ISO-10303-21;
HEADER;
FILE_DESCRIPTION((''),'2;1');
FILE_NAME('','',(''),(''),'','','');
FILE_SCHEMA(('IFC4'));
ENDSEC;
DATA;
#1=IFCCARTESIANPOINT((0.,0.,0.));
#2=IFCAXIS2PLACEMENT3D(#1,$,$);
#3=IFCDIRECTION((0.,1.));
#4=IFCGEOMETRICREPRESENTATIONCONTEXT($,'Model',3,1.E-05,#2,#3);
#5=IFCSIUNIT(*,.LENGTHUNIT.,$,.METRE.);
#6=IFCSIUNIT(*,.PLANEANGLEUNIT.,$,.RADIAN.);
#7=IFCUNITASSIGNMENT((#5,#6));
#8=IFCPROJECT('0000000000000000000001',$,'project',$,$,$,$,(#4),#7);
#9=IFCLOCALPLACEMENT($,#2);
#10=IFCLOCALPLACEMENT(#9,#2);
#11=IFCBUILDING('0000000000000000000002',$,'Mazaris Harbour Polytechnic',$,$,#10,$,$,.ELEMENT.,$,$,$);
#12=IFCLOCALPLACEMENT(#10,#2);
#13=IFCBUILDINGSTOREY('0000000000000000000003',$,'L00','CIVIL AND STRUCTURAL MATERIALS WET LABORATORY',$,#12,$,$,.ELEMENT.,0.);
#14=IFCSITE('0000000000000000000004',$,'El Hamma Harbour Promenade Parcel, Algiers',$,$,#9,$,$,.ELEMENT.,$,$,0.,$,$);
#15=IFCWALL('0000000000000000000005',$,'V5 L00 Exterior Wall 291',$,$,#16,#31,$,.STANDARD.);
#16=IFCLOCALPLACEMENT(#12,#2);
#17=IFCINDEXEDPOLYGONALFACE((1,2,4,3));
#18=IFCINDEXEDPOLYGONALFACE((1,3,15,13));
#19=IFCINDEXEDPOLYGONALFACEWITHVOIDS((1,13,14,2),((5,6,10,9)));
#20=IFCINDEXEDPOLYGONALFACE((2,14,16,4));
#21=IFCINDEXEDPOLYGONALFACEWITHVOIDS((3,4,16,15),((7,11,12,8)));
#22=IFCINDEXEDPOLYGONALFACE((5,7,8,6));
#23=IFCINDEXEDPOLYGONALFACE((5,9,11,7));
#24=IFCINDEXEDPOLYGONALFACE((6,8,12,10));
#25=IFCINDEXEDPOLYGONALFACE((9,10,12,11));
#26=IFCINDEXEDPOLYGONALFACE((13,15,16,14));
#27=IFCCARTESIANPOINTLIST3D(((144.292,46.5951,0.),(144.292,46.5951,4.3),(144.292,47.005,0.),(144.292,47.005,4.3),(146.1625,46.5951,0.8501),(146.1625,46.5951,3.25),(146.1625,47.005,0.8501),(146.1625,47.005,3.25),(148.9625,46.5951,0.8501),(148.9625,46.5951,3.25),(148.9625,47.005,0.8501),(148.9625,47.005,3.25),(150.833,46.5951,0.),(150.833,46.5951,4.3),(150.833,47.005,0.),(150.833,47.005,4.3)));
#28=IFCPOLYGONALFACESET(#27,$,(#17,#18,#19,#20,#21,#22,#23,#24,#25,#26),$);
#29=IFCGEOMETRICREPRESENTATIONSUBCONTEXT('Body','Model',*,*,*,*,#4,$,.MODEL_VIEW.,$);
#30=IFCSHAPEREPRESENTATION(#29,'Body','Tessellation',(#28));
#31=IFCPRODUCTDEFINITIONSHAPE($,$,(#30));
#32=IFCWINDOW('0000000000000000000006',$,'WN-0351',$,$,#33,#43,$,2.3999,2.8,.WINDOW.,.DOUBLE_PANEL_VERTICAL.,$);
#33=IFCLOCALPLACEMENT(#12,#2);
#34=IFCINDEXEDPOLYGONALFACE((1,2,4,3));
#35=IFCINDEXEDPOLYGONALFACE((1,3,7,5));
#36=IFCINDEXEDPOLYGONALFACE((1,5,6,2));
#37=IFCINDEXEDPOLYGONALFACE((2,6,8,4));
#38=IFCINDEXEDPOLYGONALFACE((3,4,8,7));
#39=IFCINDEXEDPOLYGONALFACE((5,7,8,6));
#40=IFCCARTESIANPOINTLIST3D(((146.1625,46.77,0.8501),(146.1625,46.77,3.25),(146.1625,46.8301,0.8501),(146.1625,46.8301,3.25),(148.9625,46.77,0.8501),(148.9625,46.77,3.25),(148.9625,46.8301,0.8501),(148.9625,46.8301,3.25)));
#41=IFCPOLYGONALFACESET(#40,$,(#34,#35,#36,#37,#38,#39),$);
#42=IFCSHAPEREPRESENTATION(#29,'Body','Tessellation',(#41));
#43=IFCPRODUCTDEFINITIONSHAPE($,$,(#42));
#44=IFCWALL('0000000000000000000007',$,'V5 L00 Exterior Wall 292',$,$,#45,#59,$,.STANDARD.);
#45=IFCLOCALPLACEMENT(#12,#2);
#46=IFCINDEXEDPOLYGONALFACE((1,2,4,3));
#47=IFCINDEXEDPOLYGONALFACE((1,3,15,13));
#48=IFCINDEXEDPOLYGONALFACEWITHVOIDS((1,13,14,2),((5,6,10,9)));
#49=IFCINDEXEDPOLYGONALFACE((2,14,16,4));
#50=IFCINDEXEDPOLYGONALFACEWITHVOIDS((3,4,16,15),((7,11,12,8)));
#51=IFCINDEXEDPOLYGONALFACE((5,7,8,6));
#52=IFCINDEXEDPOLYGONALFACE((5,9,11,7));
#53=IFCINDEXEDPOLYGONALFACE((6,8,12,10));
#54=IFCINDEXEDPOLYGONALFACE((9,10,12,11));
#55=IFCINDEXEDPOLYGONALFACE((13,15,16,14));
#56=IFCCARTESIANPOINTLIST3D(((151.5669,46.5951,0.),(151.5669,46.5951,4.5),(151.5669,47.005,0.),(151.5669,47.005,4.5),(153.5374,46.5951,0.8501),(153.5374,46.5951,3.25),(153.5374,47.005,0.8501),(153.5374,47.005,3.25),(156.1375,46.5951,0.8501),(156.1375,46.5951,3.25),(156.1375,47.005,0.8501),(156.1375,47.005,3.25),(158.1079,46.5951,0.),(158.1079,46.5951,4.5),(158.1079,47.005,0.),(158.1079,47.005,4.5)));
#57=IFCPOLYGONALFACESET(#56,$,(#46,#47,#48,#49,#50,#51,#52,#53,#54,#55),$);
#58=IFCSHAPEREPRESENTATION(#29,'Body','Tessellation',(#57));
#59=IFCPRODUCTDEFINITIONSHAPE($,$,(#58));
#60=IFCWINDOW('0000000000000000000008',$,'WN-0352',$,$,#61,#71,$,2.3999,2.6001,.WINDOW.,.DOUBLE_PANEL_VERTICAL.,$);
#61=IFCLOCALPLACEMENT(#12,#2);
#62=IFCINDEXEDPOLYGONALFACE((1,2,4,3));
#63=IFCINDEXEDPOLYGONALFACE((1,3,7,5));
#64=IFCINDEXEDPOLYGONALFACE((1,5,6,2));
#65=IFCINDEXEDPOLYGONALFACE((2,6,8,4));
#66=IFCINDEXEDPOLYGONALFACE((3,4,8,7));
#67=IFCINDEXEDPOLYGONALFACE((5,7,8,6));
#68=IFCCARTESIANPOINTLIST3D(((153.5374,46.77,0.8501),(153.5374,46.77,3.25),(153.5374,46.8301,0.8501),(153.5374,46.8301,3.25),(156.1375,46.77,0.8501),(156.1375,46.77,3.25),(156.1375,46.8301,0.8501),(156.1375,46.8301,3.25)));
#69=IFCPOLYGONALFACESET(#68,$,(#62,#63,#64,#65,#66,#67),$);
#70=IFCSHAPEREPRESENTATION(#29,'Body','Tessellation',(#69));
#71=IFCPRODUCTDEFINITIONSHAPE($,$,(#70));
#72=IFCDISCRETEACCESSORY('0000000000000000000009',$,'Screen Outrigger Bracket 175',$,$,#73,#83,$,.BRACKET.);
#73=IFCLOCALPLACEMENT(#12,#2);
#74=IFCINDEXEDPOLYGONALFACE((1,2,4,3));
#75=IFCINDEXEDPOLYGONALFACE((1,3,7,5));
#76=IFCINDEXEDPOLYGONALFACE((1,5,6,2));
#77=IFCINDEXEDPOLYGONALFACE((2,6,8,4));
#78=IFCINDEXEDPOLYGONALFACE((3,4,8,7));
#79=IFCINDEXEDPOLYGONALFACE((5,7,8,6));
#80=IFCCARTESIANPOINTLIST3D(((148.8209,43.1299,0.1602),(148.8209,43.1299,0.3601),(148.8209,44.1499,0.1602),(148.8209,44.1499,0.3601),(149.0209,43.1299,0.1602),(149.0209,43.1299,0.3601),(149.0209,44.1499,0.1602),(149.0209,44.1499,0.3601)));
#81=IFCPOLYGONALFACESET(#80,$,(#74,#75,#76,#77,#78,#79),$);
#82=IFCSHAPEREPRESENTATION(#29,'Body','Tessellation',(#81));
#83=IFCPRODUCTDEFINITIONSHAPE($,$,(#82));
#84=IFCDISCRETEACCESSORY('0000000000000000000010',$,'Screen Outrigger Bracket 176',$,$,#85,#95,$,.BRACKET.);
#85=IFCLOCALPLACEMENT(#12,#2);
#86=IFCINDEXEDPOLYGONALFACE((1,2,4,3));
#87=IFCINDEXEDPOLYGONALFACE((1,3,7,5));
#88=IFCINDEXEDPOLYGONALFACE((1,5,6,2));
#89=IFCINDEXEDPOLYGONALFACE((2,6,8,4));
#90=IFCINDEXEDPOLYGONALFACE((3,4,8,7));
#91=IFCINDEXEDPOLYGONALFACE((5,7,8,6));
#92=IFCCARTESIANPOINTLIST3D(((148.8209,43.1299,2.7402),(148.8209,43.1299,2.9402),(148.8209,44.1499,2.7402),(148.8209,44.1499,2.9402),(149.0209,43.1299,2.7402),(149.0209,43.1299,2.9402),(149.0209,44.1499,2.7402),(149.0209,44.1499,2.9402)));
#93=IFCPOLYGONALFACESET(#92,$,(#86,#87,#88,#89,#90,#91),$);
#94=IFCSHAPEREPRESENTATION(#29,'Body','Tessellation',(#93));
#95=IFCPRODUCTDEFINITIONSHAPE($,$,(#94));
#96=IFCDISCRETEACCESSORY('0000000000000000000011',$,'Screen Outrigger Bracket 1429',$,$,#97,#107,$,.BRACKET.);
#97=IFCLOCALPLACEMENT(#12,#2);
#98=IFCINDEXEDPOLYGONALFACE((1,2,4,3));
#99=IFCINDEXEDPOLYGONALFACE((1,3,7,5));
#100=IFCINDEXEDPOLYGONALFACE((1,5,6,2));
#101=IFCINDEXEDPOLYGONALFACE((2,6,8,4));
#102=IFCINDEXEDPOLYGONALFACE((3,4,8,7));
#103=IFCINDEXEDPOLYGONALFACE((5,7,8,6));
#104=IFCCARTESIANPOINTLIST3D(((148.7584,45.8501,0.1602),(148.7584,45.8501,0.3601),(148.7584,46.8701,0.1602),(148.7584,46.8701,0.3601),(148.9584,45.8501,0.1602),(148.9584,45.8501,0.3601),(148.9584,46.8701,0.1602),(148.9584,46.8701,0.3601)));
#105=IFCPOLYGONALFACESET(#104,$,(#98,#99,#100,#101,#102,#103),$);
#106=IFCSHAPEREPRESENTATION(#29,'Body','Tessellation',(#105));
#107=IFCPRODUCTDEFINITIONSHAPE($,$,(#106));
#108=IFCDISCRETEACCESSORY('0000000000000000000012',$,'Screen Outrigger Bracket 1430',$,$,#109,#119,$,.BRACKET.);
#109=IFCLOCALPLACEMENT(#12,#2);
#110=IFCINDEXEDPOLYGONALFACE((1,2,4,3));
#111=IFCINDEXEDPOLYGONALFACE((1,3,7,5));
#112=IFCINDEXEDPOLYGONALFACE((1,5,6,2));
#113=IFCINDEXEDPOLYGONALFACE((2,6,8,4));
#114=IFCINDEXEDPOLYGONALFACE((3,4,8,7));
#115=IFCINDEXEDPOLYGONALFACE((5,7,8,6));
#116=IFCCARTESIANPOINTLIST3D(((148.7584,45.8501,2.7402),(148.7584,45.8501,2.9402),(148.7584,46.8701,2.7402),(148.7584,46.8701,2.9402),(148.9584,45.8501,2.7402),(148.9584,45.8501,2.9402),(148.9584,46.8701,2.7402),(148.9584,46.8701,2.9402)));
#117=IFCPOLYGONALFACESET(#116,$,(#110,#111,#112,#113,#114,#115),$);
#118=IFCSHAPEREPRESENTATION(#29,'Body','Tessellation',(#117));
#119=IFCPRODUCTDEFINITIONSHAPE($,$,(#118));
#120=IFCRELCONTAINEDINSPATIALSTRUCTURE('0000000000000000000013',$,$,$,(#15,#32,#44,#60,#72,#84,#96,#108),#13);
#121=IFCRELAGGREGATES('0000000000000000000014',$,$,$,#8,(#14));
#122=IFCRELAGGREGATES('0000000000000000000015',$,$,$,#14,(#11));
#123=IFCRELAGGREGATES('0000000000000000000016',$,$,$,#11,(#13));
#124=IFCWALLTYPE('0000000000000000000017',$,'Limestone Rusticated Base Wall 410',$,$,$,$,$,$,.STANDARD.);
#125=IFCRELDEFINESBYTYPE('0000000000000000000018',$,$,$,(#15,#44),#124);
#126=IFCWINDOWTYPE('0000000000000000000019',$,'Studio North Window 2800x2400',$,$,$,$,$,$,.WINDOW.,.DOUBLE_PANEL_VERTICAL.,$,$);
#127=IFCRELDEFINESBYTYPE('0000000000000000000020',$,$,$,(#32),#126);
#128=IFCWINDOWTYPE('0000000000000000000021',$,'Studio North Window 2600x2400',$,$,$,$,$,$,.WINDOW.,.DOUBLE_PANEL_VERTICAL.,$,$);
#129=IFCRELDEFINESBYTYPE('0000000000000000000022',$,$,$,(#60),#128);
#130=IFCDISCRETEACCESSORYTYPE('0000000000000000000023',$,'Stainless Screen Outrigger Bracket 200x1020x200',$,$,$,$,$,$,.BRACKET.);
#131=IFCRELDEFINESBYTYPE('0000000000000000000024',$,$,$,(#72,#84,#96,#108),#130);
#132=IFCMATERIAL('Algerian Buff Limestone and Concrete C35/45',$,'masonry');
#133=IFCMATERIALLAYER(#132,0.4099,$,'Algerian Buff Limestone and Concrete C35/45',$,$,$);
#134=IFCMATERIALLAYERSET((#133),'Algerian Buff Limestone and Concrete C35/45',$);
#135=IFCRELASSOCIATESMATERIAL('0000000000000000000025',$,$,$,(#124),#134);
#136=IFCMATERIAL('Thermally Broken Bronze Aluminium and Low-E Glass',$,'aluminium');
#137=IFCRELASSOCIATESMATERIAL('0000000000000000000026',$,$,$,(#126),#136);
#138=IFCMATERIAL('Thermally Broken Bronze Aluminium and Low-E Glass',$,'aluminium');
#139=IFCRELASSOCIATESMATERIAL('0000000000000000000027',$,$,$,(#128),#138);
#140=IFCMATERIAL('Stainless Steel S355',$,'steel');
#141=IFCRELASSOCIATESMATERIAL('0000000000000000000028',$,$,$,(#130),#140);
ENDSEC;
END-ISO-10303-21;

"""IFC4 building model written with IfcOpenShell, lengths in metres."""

from ifc_helpers import new_model, si_unit, direction, frame, frame_2d, origin, origin_2d, place, context, subcontext, project, spatial, rectangle, extrude, material, layer, layer_set, type_object, element, fill, save


model = new_model("IFC4")

# Units and contexts
model_context = context("Model", 3, precision=1e-05, world=origin(), true_north=direction((0.0, 1.0)))
body_context = subcontext(model_context, "Body", "Model", "MODEL_VIEW")
ifc_project = project(units=[si_unit("LENGTHUNIT", "METRE"), si_unit("PLANEANGLEUNIT", "RADIAN")], contexts=[model_context])

# Site, building, storey
site_placement = place(None, origin())
site = spatial("IfcSite", under=ifc_project, at=site_placement, Name="El Hamma Harbour Promenade Parcel, Algiers", CompositionType="ELEMENT", RefElevation=0.0)
building_placement = place(site_placement, origin())
building = spatial("IfcBuilding", under=site, at=building_placement, Name="Mazaris Harbour Polytechnic", CompositionType="ELEMENT")
storey_placement = place(building_placement, origin())
storey = spatial("IfcBuildingStorey", under=building, at=storey_placement, Name="L00", Description="CIVIL AND STRUCTURAL MATERIALS WET LABORATORY", CompositionType="ELEMENT", Elevation=0.0)

# Walls, openings, windows
ifc_material_1 = material(Name="Algerian Buff Limestone and Concrete C35/45", Category="masonry")
ifc_layer_1 = layer(ifc_material_1, 0.4099, Name="Algerian Buff Limestone and Concrete C35/45")
ifc_layer_set_1 = layer_set([ifc_layer_1], Name="Algerian Buff Limestone and Concrete C35/45")
wall_type = type_object("IfcWallType", Name="Limestone Rusticated Base Wall 410", PredefinedType="STANDARD", material=ifc_layer_set_1)
wall_1_placement = place(storey_placement, frame((150.833, 46.8, 0.0), z_axis=(0.0, 0.0, 1.0), x_axis=(-1.0, 0.0, 0.0)))
wall_1 = element("IfcWall", 1, at=wall_1_placement, inside=storey, type_object=wall_type, Name="V5 L00 Exterior Wall 291", PredefinedType="STANDARD", context=body_context, shape_type="SweptSolid", body=[
    extrude(rectangle(XDim=6.541, YDim=0.4099, at=frame_2d((3.2705, 0.0))), origin(), (0.0, 0.0, 1.0), 4.3),
])
opening_1_placement = place(wall_1_placement, frame((1.8706, 0.0, 0.8501)))
opening_1 = element("IfcOpeningElement", 2, at=opening_1_placement, cuts=wall_1, PredefinedType="OPENING", context=body_context, shape_type="SweptSolid", body=[
    extrude(rectangle(XDim=2.8, YDim=2.3999, at=frame_2d((1.3999, 1.2))), frame((0.0, 0.2148, 0.0), z_axis=(0.0, -1.0, 0.0), x_axis=(1.0, 0.0, 0.0)), (0.0, 0.0, 1.0), 0.4299),
])
ifc_material_2 = material(Name="Thermally Broken Bronze Aluminium and Low-E Glass", Category="aluminium")
window_type_1 = type_object("IfcWindowType", Name="Studio North Window 2800x2400", PartitioningType="DOUBLE_PANEL_VERTICAL", PredefinedType="WINDOW", material=ifc_material_2)
window_1_placement = place(opening_1_placement, origin())
window_1 = element("IfcWindow", 3, at=window_1_placement, inside=storey, type_object=window_type_1, Name="WN-0351", OverallHeight=2.3999, OverallWidth=2.8, PartitioningType="DOUBLE_PANEL_VERTICAL", PredefinedType="WINDOW", context=body_context, shape_type="SweptSolid", body=[
    extrude(rectangle(XDim=2.8, YDim=2.3999, at=frame_2d((1.3999, 1.2))), frame((0.0, 0.03, 0.0), z_axis=(0.0, -1.0, 0.0), x_axis=(1.0, 0.0, 0.0)), (0.0, 0.0, 1.0), 0.0601),
])
fill(opening_1, window_1)
wall_2_placement = place(storey_placement, frame((158.1079, 46.8, 0.0), z_axis=(0.0, 0.0, 1.0), x_axis=(-1.0, 0.0, 0.0)))
wall_2 = element("IfcWall", 4, at=wall_2_placement, inside=storey, type_object=wall_type, Name="V5 L00 Exterior Wall 292", PredefinedType="STANDARD", context=body_context, shape_type="SweptSolid", body=[
    extrude(rectangle(XDim=6.541, YDim=0.4099, at=frame_2d((3.2705, 0.0))), origin(), (0.0, 0.0, 1.0), 4.5),
])
opening_2_placement = place(wall_2_placement, frame((1.9705, 0.0, 0.8501)))
opening_2 = element("IfcOpeningElement", 5, at=opening_2_placement, cuts=wall_2, PredefinedType="OPENING", context=body_context, shape_type="SweptSolid", body=[
    extrude(rectangle(XDim=2.6001, YDim=2.3999, at=frame_2d((1.3, 1.2))), frame((0.0, 0.2148, 0.0), z_axis=(0.0, -1.0, 0.0), x_axis=(1.0, 0.0, 0.0)), (0.0, 0.0, 1.0), 0.4299),
])
ifc_material_3 = material(Name="Thermally Broken Bronze Aluminium and Low-E Glass", Category="aluminium")
window_type_2 = type_object("IfcWindowType", Name="Studio North Window 2600x2400", PartitioningType="DOUBLE_PANEL_VERTICAL", PredefinedType="WINDOW", material=ifc_material_3)
window_2_placement = place(opening_2_placement, origin())
window_2 = element("IfcWindow", 6, at=window_2_placement, inside=storey, type_object=window_type_2, Name="WN-0352", OverallHeight=2.3999, OverallWidth=2.6001, PartitioningType="DOUBLE_PANEL_VERTICAL", PredefinedType="WINDOW", context=body_context, shape_type="SweptSolid", body=[
    extrude(rectangle(XDim=2.6001, YDim=2.3999, at=frame_2d((1.3, 1.2))), frame((0.0, 0.03, 0.0), z_axis=(0.0, -1.0, 0.0), x_axis=(1.0, 0.0, 0.0)), (0.0, 0.0, 1.0), 0.0601),
])
fill(opening_2, window_2)

# Discrete accessories
ifc_material_4 = material(Name="Stainless Steel S355", Category="steel")
discrete_accessory_type = type_object("IfcDiscreteAccessoryType", Name="Stainless Screen Outrigger Bracket 200x1020x200", PredefinedType="BRACKET", material=ifc_material_4)
for number, where, z_axis, x_axis, name in (
    (7, (148.9209, 43.6399, 0.1602), (0.0, 0.0, 1.0), (1.0, 0.0, 0.0), "Screen Outrigger Bracket 175"),
    (8, (148.9209, 43.6399, 2.7402), (0.0, 0.0, 1.0), (1.0, 0.0, 0.0), "Screen Outrigger Bracket 176"),
    (9, (148.8584, 46.3601, 0.1602), (0.0, 0.0, 1.0), (-1.0, 0.0, 0.0), "Screen Outrigger Bracket 1429"),
    (10, (148.8584, 46.3601, 2.7402), (0.0, 0.0, 1.0), (-1.0, 0.0, 0.0), "Screen Outrigger Bracket 1430"),
):
    element("IfcDiscreteAccessory", number, at=place(storey_placement, frame(where, z_axis=z_axis, x_axis=x_axis)), inside=storey, type_object=discrete_accessory_type, Name=name, PredefinedType="BRACKET", context=body_context, shape_type="SweptSolid", body=[
        extrude(rectangle(XDim=0.2, YDim=1.02, at=origin_2d()), origin(), (0.0, 0.0, 1.0), 0.2),
    ])

save(model, "model.ifc")
